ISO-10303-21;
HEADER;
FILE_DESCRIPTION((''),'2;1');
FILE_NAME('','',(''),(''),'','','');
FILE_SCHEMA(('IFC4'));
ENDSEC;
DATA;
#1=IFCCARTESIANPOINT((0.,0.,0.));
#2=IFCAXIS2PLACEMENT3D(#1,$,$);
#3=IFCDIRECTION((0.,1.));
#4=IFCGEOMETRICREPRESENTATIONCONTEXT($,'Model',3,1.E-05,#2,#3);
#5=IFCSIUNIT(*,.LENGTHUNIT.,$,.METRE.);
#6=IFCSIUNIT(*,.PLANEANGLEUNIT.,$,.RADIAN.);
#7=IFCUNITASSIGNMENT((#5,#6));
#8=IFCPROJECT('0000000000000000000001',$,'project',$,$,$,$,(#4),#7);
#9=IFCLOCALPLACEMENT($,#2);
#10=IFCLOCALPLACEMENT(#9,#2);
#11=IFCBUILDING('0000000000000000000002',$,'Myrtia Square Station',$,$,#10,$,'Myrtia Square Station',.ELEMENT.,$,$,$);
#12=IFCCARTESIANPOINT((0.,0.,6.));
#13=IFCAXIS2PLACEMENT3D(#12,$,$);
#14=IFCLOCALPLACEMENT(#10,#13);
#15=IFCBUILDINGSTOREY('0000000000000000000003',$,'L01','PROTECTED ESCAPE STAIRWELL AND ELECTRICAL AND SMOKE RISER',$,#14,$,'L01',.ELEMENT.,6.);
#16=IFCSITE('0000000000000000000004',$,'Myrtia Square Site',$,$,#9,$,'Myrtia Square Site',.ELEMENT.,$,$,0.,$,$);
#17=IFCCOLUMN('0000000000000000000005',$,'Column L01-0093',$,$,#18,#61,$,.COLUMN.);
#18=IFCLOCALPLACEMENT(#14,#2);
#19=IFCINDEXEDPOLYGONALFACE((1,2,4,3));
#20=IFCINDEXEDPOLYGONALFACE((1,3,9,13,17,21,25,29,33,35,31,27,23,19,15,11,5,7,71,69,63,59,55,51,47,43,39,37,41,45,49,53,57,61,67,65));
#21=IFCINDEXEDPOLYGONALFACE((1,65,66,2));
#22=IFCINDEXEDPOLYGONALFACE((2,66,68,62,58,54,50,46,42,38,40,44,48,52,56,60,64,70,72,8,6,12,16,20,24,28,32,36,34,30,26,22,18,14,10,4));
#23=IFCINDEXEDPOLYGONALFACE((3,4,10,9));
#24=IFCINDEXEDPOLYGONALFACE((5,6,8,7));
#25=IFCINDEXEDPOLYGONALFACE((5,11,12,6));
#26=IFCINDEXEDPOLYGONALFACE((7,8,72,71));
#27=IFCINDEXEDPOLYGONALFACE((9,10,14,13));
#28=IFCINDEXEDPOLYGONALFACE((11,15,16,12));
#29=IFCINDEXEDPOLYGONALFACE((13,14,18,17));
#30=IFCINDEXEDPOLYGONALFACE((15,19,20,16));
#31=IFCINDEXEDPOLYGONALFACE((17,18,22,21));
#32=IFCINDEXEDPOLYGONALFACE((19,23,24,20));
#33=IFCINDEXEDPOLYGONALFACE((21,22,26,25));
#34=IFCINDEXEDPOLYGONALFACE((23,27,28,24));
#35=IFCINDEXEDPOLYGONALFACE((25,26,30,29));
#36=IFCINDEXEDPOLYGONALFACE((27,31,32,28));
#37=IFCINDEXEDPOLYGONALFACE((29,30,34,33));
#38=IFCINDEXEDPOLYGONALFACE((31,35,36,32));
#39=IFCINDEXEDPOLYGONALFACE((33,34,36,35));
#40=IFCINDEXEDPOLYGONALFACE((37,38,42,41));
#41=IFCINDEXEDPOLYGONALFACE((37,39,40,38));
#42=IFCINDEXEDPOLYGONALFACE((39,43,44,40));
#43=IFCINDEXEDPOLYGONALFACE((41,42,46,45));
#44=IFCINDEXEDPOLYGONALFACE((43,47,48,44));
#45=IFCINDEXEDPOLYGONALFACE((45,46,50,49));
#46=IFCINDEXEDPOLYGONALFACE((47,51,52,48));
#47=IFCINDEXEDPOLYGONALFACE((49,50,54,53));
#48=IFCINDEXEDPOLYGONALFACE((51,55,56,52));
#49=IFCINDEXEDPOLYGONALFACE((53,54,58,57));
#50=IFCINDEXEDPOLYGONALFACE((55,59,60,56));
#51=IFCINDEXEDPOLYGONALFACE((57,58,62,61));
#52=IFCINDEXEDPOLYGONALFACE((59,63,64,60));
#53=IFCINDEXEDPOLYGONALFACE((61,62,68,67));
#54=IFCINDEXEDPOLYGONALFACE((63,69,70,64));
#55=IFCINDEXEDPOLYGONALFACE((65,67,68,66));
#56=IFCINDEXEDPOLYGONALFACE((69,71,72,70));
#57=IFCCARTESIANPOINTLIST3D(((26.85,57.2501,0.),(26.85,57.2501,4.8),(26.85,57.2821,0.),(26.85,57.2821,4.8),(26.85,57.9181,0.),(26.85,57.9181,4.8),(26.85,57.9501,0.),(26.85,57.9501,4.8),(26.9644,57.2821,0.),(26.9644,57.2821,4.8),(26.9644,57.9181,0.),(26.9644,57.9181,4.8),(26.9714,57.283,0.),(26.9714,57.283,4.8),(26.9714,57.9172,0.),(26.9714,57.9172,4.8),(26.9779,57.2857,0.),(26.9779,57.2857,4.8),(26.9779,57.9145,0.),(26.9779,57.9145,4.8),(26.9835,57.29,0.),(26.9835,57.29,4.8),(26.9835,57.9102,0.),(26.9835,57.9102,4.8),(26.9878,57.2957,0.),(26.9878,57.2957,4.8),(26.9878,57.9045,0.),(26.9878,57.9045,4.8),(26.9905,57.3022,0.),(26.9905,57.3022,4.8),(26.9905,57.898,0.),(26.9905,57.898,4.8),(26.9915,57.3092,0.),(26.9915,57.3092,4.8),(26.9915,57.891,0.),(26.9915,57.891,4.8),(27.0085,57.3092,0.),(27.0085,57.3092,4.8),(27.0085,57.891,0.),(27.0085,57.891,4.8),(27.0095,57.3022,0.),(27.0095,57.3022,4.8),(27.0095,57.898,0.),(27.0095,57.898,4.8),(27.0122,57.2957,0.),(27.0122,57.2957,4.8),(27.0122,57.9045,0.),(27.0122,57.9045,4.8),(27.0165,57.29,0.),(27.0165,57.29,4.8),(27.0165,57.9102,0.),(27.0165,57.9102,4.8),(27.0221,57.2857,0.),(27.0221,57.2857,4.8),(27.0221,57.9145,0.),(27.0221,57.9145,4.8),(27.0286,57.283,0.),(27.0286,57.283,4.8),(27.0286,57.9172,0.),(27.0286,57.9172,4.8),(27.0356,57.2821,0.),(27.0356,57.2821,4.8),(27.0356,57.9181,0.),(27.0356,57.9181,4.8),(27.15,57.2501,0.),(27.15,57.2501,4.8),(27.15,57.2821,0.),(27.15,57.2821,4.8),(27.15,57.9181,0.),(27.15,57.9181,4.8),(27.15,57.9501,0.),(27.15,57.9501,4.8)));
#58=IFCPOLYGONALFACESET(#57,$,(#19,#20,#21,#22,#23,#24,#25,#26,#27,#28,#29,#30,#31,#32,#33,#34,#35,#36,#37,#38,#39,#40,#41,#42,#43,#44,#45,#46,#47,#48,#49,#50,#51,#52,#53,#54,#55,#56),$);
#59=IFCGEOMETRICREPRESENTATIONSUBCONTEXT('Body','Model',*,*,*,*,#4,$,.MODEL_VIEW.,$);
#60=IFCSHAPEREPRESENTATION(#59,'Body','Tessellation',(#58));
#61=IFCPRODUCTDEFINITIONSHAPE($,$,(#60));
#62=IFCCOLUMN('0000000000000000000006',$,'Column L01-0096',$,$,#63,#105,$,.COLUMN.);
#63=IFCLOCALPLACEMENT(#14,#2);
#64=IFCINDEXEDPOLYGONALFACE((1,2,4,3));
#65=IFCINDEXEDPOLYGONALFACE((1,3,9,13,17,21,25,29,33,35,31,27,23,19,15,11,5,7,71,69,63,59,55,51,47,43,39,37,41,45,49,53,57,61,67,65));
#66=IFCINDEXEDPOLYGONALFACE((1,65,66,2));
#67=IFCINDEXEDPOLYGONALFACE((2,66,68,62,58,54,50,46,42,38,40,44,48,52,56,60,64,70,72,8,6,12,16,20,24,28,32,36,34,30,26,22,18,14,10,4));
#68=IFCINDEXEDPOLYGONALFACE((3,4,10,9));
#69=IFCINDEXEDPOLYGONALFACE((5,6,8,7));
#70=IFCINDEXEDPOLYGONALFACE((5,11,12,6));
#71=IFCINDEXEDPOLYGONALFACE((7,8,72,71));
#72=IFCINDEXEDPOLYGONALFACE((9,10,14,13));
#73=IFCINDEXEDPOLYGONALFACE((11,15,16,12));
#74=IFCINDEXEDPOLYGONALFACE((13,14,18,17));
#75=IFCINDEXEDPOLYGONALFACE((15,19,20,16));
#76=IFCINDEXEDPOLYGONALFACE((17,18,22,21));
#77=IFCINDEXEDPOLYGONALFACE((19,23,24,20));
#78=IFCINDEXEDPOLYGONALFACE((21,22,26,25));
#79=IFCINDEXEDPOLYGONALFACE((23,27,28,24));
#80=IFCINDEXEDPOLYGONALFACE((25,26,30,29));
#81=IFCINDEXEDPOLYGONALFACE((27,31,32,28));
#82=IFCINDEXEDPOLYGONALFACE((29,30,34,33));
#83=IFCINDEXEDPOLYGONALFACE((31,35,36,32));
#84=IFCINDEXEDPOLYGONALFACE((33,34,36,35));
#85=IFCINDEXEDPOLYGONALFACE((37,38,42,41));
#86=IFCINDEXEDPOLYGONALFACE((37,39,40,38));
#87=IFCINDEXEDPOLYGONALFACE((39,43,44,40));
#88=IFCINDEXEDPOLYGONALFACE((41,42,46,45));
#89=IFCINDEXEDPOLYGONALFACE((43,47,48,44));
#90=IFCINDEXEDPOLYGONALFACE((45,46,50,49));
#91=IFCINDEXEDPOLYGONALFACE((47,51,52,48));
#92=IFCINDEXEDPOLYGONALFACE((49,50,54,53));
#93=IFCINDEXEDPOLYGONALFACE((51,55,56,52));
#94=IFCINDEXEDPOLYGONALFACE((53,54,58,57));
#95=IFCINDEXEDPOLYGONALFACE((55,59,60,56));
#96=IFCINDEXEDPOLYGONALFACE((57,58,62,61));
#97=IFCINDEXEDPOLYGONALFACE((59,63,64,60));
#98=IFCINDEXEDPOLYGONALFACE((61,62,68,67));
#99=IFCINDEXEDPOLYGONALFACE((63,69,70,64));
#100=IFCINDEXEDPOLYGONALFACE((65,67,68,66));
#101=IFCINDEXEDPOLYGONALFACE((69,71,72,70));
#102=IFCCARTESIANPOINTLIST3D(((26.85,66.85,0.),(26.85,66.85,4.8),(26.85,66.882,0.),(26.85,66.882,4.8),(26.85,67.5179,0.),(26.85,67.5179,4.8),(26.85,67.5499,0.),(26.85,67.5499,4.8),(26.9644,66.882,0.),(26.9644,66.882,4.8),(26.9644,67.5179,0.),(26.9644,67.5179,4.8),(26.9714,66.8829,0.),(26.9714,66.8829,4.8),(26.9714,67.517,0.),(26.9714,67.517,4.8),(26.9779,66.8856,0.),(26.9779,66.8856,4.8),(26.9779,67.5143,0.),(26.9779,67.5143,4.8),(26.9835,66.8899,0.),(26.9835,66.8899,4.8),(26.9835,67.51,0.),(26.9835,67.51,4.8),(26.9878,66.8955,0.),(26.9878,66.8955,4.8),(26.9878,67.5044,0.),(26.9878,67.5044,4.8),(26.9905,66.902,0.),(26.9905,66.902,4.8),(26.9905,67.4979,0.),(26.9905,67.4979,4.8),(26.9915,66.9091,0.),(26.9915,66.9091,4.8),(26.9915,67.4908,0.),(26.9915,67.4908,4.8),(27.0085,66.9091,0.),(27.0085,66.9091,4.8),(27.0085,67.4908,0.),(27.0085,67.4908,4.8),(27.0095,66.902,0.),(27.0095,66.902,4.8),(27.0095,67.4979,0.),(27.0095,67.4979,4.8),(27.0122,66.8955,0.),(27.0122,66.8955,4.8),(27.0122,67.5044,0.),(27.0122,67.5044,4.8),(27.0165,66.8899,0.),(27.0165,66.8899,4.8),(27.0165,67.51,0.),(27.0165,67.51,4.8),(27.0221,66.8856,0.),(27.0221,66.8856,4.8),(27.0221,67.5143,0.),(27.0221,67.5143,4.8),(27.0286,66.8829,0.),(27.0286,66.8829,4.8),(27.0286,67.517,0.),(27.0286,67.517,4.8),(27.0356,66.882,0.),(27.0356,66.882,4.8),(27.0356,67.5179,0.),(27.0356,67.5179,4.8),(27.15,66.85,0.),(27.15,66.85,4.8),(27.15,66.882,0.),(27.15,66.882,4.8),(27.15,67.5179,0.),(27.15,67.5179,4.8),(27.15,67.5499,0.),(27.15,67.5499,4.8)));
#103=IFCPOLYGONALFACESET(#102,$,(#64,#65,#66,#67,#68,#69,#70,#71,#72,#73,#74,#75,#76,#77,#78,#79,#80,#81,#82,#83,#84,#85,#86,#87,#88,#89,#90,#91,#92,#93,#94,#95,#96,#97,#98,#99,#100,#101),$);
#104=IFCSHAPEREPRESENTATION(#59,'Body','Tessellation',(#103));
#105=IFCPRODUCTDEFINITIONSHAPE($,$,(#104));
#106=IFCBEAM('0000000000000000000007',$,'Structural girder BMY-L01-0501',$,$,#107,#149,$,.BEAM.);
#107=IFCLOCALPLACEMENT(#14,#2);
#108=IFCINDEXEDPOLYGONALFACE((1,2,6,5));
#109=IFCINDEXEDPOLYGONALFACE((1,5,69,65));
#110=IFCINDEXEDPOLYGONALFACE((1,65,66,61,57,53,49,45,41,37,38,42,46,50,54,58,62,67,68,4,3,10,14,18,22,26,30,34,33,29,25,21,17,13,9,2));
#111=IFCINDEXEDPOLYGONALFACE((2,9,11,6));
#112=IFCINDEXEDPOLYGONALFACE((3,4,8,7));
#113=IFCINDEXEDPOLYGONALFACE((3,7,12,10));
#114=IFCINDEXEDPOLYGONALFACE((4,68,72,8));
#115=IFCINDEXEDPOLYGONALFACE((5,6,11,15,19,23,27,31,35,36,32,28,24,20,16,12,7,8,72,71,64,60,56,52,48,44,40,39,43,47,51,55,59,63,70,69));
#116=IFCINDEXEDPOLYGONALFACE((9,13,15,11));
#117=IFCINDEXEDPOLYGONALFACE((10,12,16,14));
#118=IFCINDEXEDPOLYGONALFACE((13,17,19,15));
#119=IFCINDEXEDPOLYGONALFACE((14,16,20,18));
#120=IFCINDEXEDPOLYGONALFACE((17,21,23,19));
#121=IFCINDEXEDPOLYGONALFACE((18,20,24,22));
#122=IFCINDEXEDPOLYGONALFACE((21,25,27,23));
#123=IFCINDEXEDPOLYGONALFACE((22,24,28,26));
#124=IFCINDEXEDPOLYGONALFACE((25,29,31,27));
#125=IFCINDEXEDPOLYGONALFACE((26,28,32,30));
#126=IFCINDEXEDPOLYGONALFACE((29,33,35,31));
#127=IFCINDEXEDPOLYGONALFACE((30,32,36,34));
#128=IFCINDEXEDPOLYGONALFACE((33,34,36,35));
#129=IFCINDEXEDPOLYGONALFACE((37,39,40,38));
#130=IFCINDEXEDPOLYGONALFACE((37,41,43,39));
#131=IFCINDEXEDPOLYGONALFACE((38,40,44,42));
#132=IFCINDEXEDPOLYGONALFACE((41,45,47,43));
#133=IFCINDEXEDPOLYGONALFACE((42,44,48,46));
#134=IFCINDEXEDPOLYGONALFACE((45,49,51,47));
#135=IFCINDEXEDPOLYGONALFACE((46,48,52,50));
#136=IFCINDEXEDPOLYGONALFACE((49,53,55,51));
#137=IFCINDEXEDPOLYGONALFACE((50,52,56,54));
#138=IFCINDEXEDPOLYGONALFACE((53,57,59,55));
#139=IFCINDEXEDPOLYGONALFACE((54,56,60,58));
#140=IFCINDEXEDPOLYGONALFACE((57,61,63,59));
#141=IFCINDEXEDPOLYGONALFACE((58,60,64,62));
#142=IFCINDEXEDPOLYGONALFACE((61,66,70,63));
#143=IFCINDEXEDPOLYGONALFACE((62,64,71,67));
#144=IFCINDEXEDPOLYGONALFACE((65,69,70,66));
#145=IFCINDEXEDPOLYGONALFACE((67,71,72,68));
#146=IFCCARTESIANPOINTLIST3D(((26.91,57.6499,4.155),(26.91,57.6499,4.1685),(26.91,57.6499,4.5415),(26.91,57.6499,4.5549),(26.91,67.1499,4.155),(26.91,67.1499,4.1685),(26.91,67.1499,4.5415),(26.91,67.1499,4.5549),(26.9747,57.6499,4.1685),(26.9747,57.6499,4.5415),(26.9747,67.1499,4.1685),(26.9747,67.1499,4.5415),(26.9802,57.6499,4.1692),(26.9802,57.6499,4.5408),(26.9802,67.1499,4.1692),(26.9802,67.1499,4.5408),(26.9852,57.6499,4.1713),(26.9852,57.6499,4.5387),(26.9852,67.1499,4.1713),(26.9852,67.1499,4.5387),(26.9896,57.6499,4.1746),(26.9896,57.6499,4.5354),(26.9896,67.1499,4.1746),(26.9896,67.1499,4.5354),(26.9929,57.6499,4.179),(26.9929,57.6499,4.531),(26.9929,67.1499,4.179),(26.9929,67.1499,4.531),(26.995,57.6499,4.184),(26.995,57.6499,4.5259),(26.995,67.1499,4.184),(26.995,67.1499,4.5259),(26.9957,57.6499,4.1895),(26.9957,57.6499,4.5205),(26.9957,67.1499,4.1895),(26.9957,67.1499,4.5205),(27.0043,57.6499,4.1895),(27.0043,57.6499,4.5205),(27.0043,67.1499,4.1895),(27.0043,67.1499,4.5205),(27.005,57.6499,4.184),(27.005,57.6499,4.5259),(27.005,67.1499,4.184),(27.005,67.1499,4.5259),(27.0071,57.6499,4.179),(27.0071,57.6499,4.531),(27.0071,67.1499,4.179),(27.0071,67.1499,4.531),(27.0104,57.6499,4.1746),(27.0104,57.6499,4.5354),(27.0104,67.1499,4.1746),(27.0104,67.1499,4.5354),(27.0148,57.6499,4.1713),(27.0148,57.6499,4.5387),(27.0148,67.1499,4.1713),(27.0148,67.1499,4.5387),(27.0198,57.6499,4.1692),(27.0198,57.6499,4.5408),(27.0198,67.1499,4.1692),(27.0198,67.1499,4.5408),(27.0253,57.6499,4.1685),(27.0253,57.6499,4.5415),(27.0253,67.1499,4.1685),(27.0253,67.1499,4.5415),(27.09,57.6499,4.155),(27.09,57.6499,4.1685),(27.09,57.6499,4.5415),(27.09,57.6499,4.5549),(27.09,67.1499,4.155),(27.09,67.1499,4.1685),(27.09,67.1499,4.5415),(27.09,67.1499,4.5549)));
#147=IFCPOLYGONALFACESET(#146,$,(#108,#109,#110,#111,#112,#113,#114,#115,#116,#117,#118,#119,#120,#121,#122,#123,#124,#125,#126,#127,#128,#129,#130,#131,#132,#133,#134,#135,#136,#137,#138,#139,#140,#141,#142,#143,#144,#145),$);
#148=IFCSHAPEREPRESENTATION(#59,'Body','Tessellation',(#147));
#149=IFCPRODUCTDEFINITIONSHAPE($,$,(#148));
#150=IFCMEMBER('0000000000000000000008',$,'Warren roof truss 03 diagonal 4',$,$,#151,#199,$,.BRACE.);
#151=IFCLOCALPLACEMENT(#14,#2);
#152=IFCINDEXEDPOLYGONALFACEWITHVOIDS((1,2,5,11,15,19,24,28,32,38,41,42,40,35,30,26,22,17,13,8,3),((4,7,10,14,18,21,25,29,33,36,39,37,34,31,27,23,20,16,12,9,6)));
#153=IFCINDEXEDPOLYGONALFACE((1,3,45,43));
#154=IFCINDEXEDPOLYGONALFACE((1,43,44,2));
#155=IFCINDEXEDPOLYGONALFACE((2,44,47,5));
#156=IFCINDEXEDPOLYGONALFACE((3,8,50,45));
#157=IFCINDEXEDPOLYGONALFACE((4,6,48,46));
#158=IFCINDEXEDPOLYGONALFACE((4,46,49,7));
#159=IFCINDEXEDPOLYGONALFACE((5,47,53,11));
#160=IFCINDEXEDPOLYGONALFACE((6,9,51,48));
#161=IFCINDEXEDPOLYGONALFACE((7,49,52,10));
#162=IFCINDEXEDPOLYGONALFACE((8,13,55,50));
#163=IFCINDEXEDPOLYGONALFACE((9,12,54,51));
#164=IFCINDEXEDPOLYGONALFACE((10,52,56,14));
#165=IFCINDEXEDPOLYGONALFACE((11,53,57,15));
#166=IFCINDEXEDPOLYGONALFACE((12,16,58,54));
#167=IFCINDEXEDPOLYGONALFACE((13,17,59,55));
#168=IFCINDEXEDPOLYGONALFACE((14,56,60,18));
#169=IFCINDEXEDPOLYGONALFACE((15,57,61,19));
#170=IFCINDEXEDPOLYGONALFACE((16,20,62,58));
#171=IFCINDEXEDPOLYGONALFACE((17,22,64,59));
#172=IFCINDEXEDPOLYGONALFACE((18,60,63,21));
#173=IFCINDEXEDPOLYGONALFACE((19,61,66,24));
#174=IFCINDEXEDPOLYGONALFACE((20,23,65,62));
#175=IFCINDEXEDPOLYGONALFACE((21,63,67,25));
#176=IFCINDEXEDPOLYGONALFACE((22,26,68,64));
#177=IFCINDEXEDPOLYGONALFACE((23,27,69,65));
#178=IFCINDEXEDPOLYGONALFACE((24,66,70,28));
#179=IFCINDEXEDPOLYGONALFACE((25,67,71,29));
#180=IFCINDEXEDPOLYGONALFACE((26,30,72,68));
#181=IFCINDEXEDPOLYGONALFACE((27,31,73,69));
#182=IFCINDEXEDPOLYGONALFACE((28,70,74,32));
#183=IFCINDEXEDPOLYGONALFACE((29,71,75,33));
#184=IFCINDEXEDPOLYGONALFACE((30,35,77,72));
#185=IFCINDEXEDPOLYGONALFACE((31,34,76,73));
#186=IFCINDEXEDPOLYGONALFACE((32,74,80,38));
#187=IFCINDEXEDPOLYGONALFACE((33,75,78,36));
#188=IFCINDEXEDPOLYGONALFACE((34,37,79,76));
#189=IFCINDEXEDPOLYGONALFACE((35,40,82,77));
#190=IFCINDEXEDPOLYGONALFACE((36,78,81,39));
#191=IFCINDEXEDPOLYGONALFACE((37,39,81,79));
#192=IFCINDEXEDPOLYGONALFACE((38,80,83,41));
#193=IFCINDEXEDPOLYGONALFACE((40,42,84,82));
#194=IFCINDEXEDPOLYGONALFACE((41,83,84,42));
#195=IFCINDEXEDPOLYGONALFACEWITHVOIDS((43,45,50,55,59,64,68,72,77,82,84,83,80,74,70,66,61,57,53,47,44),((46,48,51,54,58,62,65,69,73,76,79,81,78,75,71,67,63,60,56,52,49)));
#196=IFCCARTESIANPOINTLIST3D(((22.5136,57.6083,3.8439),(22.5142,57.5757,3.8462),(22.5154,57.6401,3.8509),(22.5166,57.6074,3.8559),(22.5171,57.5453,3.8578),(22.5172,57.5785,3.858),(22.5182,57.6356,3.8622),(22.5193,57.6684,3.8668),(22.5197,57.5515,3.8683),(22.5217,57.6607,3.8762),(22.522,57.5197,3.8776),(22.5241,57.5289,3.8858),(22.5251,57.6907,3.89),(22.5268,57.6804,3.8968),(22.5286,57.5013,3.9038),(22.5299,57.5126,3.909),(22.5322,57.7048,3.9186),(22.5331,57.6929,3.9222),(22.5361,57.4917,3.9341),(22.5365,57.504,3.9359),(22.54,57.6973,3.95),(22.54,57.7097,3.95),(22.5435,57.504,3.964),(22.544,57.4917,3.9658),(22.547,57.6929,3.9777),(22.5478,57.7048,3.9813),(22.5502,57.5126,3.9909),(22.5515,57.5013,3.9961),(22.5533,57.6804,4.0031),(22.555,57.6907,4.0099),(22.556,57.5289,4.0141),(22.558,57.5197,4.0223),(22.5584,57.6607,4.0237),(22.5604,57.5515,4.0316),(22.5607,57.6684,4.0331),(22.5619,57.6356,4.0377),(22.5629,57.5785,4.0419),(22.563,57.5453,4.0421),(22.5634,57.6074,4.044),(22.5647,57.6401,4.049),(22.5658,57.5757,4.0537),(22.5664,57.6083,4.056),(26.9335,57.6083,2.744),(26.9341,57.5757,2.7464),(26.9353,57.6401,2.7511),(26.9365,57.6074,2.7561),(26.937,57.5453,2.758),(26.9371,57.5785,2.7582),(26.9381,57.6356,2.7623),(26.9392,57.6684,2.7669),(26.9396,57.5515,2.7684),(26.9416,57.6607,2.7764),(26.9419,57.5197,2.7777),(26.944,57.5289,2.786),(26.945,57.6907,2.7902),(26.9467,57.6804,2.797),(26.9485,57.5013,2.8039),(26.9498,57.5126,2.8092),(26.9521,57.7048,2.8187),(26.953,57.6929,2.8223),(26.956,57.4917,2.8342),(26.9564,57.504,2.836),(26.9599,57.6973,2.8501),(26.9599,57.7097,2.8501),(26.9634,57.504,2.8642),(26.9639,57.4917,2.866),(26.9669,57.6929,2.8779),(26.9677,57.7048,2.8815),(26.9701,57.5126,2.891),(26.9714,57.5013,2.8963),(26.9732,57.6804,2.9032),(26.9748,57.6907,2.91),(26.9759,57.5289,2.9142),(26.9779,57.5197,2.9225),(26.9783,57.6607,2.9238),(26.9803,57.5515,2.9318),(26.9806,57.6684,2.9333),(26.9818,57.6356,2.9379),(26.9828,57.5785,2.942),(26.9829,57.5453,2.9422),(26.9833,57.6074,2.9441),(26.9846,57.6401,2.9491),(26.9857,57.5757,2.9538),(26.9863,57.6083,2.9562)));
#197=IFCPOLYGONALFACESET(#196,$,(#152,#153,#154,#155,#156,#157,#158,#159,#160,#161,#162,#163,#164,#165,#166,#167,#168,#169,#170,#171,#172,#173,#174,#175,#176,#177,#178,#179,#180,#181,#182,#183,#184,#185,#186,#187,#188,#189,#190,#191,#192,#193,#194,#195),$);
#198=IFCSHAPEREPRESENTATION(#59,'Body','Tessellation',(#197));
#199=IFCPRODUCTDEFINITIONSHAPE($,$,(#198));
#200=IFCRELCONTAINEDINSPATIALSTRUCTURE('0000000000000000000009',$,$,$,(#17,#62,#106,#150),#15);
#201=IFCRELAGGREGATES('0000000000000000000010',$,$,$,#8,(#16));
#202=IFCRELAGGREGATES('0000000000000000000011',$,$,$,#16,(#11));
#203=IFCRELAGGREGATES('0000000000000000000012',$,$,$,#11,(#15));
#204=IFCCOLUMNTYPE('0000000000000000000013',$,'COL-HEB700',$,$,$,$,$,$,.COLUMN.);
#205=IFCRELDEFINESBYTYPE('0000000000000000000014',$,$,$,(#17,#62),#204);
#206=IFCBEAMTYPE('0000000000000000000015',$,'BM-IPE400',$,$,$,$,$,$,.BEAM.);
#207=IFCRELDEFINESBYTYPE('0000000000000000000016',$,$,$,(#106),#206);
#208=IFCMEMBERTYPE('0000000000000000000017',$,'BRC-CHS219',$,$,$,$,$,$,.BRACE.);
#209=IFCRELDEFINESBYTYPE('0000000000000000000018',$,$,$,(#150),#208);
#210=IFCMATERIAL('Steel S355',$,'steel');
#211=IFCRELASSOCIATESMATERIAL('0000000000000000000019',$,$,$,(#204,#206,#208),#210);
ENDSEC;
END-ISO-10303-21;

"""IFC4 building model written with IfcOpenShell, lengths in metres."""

from ifc_helpers import new_model, si_unit, direction, frame, origin, origin_2d, place, context, subcontext, project, spatial, hollow_circle, i_section, extrude, material, material_profile, profile_set, type_object, element, save


model = new_model("IFC4")

# Units and contexts
model_context = context("Model", 3, precision=1e-05, world=origin(), true_north=direction((0.0, 1.0)))
body_context = subcontext(model_context, "Body", "Model", "MODEL_VIEW")
ifc_project = project(units=[si_unit("LENGTHUNIT", "METRE"), si_unit("PLANEANGLEUNIT", "RADIAN")], contexts=[model_context])

# Site, building, storey
site_placement = place(None, origin())
site = spatial("IfcSite", under=ifc_project, at=site_placement, Name="Myrtia Square Site", LongName="Myrtia Square Site", CompositionType="ELEMENT", RefElevation=0.0)
building_placement = place(site_placement, origin())
building = spatial("IfcBuilding", under=site, at=building_placement, Name="Myrtia Square Station", LongName="Myrtia Square Station", CompositionType="ELEMENT")
storey_placement = place(building_placement, frame((0.0, 0.0, 6.0)))
storey = spatial("IfcBuildingStorey", under=building, at=storey_placement, Name="L01", Description="PROTECTED ESCAPE STAIRWELL AND ELECTRICAL AND SMOKE RISER", LongName="L01", CompositionType="ELEMENT", Elevation=6.0)

# Columns
ifc_material_1 = material(Name="Steel S355", Category="steel")
ifc_material_profile_1 = material_profile(ifc_material_1, i_section(OverallWidth=0.3, OverallDepth=0.7, WebThickness=0.0171, FlangeThickness=0.032, FilletRadius=0.0271, at=origin_2d()), Name="HEB 700")
ifc_profile_set_1 = profile_set([ifc_material_profile_1], Name="Steel S355")
column_type = type_object("IfcColumnType", Name="COL-HEB700", PredefinedType="COLUMN", material=ifc_profile_set_1)
for number, where, z_axis, x_axis, name in (
    (1, (27.0, 57.6001, 0.0), (0.0, 0.0, 1.0), (1.0, 0.0, 0.0), "Column L01-0093"),
    (2, (27.0, 67.2, 0.0), (0.0, 0.0, 1.0), (1.0, 0.0, 0.0), "Column L01-0096"),
):
    element("IfcColumn", number, at=place(storey_placement, frame(where, z_axis=z_axis, x_axis=x_axis)), inside=storey, type_object=column_type, Name=name, PredefinedType="COLUMN", context=body_context, shape_type="SweptSolid", body=[
        extrude(i_section(OverallWidth=0.3, OverallDepth=0.7, WebThickness=0.0171, FlangeThickness=0.032, FilletRadius=0.0271, at=origin_2d()), origin(), (0.0, 0.0, 1.0), 4.8),
    ])

# Beam
ifc_material_profile_2 = material_profile(ifc_material_1, i_section(OverallWidth=0.1799, OverallDepth=0.3999, WebThickness=0.0085, FlangeThickness=0.0134, FilletRadius=0.021, at=origin_2d()), Name="IPE 400")
ifc_profile_set_2 = profile_set([ifc_material_profile_2], Name="Steel S355")
beam_type_1 = type_object("IfcBeamType", Name="BM-IPE400", PredefinedType="BEAM", material=ifc_profile_set_2)
beam_placement = place(storey_placement, frame((27.0, 57.6499, 4.355), z_axis=(0.0, 1.0, 0.0), x_axis=(-1.0, 0.0, 0.0)))
element("IfcBeam", 3, at=beam_placement, inside=storey, type_object=beam_type_1, Name="Structural girder BMY-L01-0501", PredefinedType="BEAM", context=body_context, shape_type="SweptSolid", body=[
    extrude(i_section(OverallWidth=0.1799, OverallDepth=0.3999, WebThickness=0.0085, FlangeThickness=0.0134, FilletRadius=0.021, at=origin_2d()), origin(), (0.0, 0.0, 1.0), 9.5),
])

# Member
ifc_material_profile_3 = material_profile(ifc_material_1, hollow_circle(Radius=0.1096, WallThickness=0.0125, at=origin_2d()), Name="CHS 219.1x12.5")
ifc_profile_set_3 = profile_set([ifc_material_profile_3], Name="Steel S355")
member_type_1 = type_object("IfcMemberType", Name="BRC-CHS219", PredefinedType="BRACE", material=ifc_profile_set_3)
for number, where, z_axis, x_axis, name in (
    (4, (22.54, 57.6001, 3.95), (0.970407, 0.0, -0.241476), (0.0, 1.0, 0.0), "Warren roof truss 03 diagonal 4"),
):
    element("IfcMember", number, at=place(storey_placement, frame(where, z_axis=z_axis, x_axis=x_axis)), inside=storey, type_object=member_type_1, Name=name, PredefinedType="BRACE", context=body_context, shape_type="SweptSolid", body=[
        extrude(hollow_circle(Radius=0.1096, WallThickness=0.0125, at=origin_2d()), origin(), (0.0, 0.0, 1.0), 4.5547),
    ])

save(model, "model.ifc")
